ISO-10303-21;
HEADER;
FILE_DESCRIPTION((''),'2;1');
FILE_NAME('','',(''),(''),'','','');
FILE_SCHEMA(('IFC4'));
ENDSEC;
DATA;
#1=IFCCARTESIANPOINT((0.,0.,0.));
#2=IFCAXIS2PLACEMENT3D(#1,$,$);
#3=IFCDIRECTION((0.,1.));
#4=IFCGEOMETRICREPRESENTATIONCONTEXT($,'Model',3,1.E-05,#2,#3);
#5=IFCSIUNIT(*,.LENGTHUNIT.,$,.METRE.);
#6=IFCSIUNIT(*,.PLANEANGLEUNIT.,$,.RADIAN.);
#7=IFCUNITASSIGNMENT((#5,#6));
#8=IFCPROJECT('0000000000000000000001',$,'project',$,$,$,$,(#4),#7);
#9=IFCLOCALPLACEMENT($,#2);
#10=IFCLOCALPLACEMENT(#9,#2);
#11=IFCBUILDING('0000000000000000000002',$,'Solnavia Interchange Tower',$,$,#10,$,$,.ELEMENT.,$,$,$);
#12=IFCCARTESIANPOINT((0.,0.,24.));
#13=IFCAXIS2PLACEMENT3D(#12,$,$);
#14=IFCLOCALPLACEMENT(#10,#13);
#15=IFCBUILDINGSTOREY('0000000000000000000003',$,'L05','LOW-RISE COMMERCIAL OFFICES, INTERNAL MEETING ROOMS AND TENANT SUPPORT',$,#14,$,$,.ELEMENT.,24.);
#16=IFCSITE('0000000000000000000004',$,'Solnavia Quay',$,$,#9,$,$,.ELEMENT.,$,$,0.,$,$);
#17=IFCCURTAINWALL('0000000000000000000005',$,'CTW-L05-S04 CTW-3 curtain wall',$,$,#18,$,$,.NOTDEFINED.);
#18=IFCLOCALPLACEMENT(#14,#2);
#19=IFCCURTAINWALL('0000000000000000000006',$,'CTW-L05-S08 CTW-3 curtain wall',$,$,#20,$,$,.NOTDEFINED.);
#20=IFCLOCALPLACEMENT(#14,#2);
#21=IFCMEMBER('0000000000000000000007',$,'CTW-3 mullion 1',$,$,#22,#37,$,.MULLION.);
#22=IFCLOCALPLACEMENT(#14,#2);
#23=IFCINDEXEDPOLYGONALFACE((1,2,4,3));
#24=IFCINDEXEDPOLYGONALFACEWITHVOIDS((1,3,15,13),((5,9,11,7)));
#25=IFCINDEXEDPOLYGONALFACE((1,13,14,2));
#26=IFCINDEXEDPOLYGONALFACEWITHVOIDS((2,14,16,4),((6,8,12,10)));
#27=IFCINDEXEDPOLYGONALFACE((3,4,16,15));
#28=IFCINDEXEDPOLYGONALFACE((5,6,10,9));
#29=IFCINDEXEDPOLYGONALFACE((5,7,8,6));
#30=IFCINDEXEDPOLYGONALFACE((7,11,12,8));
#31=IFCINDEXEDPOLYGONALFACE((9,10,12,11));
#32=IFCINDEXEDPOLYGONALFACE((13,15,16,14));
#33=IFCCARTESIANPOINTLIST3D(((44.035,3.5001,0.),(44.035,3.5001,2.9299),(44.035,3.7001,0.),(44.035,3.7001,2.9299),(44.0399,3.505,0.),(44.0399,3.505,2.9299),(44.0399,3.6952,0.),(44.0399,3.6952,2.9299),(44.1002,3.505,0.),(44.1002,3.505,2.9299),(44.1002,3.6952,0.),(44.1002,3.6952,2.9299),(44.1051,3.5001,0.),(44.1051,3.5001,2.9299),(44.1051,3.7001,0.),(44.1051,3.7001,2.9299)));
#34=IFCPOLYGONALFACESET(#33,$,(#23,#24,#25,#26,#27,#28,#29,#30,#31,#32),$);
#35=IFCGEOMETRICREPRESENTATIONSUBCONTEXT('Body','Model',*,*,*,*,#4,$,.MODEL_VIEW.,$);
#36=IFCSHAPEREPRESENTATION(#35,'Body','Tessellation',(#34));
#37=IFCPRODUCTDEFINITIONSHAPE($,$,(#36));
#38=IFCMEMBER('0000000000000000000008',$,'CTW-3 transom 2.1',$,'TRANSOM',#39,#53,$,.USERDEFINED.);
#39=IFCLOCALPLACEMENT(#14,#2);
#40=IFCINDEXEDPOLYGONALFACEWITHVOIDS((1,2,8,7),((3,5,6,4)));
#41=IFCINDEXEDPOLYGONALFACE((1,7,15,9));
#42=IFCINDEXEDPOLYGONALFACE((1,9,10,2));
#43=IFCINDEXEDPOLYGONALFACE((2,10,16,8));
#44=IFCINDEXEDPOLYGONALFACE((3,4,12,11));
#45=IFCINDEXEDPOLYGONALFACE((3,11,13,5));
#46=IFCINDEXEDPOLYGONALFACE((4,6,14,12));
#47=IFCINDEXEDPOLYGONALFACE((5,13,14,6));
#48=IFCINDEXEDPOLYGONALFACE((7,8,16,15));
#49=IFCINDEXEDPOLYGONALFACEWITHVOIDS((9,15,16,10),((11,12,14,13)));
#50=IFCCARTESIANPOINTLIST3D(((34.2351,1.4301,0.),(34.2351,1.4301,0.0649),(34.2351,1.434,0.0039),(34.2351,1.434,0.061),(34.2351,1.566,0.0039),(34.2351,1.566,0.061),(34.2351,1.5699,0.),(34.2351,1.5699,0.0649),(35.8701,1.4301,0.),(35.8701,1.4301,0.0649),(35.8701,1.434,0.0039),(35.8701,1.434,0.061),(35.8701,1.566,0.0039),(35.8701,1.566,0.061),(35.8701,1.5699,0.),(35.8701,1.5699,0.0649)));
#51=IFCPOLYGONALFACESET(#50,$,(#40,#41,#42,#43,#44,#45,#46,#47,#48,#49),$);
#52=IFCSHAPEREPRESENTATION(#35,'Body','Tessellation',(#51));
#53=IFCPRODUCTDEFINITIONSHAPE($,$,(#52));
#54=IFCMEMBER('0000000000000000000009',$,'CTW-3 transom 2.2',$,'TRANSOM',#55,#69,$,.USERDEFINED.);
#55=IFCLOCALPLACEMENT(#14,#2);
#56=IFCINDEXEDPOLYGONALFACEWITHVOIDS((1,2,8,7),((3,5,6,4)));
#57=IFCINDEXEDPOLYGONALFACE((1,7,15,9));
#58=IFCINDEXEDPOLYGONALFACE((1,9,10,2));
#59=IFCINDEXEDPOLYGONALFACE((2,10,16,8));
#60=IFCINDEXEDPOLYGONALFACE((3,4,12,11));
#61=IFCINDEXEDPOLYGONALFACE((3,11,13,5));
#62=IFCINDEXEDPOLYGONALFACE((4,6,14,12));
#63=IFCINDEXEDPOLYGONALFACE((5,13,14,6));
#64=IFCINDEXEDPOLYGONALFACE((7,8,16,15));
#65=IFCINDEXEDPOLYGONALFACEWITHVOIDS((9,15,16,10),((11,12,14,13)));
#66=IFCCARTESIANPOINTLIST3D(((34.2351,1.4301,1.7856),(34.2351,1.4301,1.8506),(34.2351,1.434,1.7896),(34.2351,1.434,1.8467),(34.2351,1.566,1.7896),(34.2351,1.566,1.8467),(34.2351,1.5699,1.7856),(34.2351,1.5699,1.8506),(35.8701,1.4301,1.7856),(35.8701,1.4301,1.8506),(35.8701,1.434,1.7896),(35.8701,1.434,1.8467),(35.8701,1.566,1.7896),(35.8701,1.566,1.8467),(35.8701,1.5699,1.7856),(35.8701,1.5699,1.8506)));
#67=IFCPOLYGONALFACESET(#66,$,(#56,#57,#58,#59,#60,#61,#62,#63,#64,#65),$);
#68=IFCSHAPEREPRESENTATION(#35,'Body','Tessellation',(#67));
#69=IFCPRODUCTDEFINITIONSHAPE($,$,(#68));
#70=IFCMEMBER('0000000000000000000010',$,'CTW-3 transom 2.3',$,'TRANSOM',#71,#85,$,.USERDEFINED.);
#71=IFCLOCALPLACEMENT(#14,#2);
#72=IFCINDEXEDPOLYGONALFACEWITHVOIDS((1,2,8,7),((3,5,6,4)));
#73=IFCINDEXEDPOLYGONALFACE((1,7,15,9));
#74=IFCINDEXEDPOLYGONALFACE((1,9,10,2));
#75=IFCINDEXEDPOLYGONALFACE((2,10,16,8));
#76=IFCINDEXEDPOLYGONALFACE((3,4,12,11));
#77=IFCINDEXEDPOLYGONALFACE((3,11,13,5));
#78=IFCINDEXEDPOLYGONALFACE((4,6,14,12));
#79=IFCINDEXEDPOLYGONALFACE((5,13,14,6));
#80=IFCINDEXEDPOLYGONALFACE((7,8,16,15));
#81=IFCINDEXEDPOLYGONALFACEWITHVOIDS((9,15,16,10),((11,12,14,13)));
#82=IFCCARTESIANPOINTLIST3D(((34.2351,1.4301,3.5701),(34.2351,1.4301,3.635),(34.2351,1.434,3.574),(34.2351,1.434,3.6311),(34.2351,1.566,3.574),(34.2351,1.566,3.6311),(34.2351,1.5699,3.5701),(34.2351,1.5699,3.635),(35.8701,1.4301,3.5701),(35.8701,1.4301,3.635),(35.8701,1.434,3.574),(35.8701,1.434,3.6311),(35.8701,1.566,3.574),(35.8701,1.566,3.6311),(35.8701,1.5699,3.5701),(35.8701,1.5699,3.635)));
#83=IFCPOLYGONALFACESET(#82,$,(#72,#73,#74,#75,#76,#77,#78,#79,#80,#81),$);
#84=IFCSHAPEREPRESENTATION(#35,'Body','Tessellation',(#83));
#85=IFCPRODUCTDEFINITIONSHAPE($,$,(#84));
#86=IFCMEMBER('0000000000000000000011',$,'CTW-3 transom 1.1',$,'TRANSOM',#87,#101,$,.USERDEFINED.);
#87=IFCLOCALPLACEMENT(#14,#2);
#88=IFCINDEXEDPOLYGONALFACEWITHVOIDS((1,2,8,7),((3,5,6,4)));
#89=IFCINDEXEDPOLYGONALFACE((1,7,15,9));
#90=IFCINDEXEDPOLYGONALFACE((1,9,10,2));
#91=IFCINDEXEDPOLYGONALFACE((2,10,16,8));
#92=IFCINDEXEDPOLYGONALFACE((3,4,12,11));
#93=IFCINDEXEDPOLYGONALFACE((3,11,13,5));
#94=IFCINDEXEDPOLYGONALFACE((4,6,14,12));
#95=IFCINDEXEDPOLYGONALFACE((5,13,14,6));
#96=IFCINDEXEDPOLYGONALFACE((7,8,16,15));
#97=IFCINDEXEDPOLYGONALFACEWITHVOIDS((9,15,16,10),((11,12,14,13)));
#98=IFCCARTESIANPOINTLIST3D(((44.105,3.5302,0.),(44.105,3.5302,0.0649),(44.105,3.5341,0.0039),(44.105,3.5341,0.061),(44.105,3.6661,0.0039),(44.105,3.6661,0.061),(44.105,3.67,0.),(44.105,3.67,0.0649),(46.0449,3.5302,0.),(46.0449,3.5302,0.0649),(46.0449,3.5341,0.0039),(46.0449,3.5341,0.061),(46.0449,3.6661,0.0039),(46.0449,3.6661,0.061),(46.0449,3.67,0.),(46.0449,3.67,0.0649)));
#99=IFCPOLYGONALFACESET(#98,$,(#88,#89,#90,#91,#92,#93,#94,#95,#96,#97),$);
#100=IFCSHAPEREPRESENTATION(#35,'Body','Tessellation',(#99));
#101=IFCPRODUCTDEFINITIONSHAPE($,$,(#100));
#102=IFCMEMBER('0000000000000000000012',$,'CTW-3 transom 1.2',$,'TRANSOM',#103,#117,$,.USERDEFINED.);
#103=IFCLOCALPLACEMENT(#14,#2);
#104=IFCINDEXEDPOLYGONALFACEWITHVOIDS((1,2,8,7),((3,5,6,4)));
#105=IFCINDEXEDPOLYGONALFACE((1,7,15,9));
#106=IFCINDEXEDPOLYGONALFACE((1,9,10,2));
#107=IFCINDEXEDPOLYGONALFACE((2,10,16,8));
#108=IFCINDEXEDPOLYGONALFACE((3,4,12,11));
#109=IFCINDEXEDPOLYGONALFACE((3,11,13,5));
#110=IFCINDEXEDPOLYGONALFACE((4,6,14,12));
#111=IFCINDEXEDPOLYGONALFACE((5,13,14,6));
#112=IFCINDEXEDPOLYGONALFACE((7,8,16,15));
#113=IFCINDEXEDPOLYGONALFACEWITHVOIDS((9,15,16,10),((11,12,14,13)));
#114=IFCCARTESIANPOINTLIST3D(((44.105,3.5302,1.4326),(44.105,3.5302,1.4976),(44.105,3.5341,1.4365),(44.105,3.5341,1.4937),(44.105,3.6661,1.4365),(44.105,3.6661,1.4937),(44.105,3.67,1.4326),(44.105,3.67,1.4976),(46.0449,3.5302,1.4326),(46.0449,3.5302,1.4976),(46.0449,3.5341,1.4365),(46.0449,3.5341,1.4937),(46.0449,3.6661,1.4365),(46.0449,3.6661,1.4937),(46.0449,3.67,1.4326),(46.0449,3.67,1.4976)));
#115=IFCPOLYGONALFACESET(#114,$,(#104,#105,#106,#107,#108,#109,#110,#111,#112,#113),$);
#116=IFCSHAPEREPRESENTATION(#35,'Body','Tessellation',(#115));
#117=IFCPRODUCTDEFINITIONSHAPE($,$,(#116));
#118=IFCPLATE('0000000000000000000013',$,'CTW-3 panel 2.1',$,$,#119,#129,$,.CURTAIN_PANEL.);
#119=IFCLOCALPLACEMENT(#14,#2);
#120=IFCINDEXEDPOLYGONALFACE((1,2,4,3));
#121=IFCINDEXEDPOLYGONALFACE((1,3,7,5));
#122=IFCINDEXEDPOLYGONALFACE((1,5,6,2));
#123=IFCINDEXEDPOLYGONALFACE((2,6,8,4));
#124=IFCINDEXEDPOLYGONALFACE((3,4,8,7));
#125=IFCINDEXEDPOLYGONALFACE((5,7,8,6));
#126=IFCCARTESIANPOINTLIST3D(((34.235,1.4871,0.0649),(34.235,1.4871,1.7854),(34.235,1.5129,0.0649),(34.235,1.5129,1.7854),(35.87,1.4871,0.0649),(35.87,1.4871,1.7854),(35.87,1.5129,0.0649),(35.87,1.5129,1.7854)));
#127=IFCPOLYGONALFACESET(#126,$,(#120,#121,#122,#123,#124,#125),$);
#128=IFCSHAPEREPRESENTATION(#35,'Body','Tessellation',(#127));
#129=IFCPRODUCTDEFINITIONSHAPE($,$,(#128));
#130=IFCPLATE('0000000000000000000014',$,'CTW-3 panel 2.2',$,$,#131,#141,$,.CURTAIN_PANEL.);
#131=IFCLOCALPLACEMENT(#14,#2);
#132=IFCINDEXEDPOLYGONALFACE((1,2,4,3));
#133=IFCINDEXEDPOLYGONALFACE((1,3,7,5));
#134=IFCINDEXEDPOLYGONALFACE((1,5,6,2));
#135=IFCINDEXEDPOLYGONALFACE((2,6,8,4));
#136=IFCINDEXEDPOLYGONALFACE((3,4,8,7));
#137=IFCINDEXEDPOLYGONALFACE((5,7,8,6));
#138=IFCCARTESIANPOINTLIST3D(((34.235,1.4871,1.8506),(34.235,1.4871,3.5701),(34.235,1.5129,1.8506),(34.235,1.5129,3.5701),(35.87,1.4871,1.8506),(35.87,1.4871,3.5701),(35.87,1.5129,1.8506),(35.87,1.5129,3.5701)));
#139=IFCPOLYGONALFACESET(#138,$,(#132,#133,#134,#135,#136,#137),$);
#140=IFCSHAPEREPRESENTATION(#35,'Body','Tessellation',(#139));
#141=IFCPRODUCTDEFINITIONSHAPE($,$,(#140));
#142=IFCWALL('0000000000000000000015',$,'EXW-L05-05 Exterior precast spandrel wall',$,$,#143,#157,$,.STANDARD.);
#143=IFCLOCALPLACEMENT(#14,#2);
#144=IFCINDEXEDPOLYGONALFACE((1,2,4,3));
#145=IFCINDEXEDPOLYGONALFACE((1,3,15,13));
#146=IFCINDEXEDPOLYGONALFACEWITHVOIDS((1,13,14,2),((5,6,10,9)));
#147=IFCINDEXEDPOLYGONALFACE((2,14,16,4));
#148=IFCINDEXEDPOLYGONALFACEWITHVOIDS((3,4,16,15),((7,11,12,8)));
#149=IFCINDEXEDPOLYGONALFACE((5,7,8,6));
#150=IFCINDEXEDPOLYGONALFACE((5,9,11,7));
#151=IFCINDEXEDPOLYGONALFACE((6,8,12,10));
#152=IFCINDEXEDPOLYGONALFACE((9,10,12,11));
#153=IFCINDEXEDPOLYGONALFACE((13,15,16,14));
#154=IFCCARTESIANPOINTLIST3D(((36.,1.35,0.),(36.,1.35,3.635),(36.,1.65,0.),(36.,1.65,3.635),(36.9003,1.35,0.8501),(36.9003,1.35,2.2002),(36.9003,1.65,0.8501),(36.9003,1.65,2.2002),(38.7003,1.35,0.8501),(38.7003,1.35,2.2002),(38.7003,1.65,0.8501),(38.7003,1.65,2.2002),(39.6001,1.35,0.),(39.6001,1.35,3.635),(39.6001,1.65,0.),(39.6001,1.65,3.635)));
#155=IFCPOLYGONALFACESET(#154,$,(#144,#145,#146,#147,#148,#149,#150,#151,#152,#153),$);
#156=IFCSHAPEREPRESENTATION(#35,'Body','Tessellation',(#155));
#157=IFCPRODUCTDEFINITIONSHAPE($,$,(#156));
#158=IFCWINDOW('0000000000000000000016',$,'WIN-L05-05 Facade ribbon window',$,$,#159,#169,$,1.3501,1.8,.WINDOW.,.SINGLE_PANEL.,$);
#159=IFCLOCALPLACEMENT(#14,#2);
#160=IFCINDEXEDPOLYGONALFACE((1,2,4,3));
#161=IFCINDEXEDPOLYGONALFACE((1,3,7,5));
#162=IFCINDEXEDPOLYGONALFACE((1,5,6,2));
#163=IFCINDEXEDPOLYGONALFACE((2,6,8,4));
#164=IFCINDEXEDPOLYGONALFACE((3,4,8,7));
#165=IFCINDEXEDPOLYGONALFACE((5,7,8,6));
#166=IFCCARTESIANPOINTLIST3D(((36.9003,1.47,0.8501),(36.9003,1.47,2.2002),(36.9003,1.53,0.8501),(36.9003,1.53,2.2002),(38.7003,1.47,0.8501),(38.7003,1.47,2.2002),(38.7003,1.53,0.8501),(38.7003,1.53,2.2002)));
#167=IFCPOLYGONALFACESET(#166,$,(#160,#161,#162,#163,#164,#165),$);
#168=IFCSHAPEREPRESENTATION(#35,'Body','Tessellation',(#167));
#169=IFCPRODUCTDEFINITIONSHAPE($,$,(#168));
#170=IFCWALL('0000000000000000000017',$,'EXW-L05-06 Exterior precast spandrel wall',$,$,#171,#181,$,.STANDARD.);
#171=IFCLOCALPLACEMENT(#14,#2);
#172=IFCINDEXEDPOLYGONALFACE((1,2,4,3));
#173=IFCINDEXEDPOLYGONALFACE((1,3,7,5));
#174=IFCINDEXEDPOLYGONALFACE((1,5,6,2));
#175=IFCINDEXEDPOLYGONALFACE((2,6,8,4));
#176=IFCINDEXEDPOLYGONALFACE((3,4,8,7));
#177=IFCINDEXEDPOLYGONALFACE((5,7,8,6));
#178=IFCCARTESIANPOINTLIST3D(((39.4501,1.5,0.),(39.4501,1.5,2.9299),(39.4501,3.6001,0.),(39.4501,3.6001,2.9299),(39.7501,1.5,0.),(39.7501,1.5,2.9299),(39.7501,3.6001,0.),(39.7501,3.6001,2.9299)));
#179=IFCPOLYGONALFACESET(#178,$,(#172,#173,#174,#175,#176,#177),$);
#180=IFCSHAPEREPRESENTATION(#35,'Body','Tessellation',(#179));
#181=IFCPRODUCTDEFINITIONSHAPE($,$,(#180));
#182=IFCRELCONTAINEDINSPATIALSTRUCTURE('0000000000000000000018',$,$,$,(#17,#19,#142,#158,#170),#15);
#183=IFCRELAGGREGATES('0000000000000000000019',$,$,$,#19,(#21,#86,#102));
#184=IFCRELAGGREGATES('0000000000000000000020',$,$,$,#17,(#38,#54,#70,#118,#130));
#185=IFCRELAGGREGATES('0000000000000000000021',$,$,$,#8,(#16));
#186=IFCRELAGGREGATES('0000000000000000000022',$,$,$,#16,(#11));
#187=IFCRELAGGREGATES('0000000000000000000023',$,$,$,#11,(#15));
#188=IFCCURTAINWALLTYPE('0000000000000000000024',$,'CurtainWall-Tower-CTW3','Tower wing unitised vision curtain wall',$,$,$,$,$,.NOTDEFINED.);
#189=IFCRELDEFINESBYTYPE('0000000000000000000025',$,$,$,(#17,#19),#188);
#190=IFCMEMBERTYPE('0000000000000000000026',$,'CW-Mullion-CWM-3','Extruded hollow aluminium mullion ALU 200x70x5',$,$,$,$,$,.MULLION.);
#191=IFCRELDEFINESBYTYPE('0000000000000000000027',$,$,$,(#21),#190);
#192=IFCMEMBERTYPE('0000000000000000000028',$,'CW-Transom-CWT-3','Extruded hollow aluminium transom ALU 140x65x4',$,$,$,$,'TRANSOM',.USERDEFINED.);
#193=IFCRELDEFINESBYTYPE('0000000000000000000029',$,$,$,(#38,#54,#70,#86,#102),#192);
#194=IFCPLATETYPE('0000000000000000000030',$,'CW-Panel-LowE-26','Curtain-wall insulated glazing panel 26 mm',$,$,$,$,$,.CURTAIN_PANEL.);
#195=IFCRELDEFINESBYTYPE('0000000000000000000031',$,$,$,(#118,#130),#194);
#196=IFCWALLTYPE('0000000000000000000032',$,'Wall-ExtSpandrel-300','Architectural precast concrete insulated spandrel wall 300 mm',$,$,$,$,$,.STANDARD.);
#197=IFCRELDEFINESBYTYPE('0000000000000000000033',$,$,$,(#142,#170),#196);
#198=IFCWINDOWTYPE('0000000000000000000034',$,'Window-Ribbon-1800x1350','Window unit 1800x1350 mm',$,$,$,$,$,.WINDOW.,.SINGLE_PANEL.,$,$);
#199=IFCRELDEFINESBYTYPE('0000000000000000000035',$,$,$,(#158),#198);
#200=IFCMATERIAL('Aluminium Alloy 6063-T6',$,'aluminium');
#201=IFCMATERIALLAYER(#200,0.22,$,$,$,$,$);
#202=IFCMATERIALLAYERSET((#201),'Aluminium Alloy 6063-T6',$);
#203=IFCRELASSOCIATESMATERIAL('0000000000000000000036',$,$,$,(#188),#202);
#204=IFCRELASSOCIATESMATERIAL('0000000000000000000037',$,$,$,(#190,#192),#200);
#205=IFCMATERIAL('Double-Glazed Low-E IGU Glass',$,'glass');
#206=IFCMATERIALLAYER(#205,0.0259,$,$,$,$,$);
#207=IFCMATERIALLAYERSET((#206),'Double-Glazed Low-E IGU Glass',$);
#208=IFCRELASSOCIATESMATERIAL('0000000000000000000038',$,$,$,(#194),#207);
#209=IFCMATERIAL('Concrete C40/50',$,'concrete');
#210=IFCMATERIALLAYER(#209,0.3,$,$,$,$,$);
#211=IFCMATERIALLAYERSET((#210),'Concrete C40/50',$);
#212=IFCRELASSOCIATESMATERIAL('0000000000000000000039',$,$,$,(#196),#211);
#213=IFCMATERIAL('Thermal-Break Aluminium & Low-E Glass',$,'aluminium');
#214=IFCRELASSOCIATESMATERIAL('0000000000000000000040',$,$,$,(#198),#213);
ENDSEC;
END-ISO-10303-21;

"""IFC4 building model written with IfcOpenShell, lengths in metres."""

from ifc_helpers import new_model, si_unit, direction, frame, frame_2d, origin, origin_2d, place, context, subcontext, project, spatial, rectangle, hollow_rectangle, extrude, material, layer, layer_set, material_profile, profile_set, type_object, element, fill, aggregate, save


model = new_model("IFC4")

# Units and contexts
model_context = context("Model", 3, precision=1e-05, world=origin(), true_north=direction((0.0, 1.0)))
body_context = subcontext(model_context, "Body", "Model", "MODEL_VIEW")
ifc_project = project(units=[si_unit("LENGTHUNIT", "METRE"), si_unit("PLANEANGLEUNIT", "RADIAN")], contexts=[model_context])

# Site, building, storey
site_placement = place(None, origin())
site = spatial("IfcSite", under=ifc_project, at=site_placement, Name="Solnavia Quay", CompositionType="ELEMENT", RefElevation=0.0)
building_placement = place(site_placement, origin())
building = spatial("IfcBuilding", under=site, at=building_placement, Name="Solnavia Interchange Tower", CompositionType="ELEMENT")
storey_placement = place(building_placement, frame((0.0, 0.0, 24.0)))
storey = spatial("IfcBuildingStorey", under=building, at=storey_placement, Name="L05", Description="LOW-RISE COMMERCIAL OFFICES, INTERNAL MEETING ROOMS AND TENANT SUPPORT", CompositionType="ELEMENT", Elevation=24.0)

# Curtain walls, member
ifc_material_1 = material(Name="Aluminium Alloy 6063-T6", Category="aluminium")
ifc_layer_1 = layer(ifc_material_1, 0.22)
ifc_layer_set_1 = layer_set([ifc_layer_1], Name="Aluminium Alloy 6063-T6")
curtain_wall_type = type_object("IfcCurtainWallType", Name="CurtainWall-Tower-CTW3", Description="Tower wing unitised vision curtain wall", PredefinedType="NOTDEFINED", material=ifc_layer_set_1)
curtain_wall_1_placement = place(storey_placement, origin())
curtain_wall_1 = element("IfcCurtainWall", 1, at=curtain_wall_1_placement, inside=storey, type_object=curtain_wall_type, Name="CTW-L05-S04 CTW-3 curtain wall", PredefinedType="NOTDEFINED")
ifc_material_profile_1 = material_profile(ifc_material_1, hollow_rectangle(XDim=0.0701, YDim=0.2, WallThickness=0.0049, at=origin_2d()), Name="ALU 200x70x5")
ifc_profile_set_1 = profile_set([ifc_material_profile_1], Name="Aluminium Alloy 6063-T6")
member_type_1 = type_object("IfcMemberType", Name="CW-Mullion-CWM-3", Description="Extruded hollow aluminium mullion ALU 200x70x5", PredefinedType="MULLION", material=ifc_profile_set_1)
curtain_wall_2_placement = place(storey_placement, origin())
curtain_wall_2 = element("IfcCurtainWall", 2, at=curtain_wall_2_placement, inside=storey, type_object=curtain_wall_type, Name="CTW-L05-S08 CTW-3 curtain wall", PredefinedType="NOTDEFINED")
member_1_placement = place(storey_placement, frame((44.0701, 3.6001, 0.0), z_axis=(0.0, 0.0, 1.0), x_axis=(1.0, 0.0, 0.0)))
member_1 = element("IfcMember", 3, at=member_1_placement, type_object=member_type_1, Name="CTW-3 mullion 1", PredefinedType="MULLION", context=body_context, shape_type="SweptSolid", body=[
    extrude(hollow_rectangle(XDim=0.0701, YDim=0.2, WallThickness=0.0049, at=origin_2d()), origin(), (0.0, 0.0, 1.0), 2.9299),
])

# Members
ifc_material_profile_2 = material_profile(ifc_material_1, hollow_rectangle(XDim=0.0649, YDim=0.1399, WallThickness=0.0039, at=origin_2d()), Name="ALU 140x65x4")
ifc_profile_set_2 = profile_set([ifc_material_profile_2], Name="Aluminium Alloy 6063-T6")
member_type_2 = type_object("IfcMemberType", Name="CW-Transom-CWT-3", Description="Extruded hollow aluminium transom ALU 140x65x4", ElementType="TRANSOM", PredefinedType="USERDEFINED", material=ifc_profile_set_2)
member_2_placement = place(storey_placement, frame((34.2351, 1.5, 0.0325), z_axis=(1.0, 0.0, 0.0), x_axis=(0.0, 0.0, 1.0)))
member_2 = element("IfcMember", 4, at=member_2_placement, type_object=member_type_2, Name="CTW-3 transom 2.1", ObjectType="TRANSOM", PredefinedType="USERDEFINED", context=body_context, shape_type="SweptSolid", body=[
    extrude(hollow_rectangle(XDim=0.0649, YDim=0.1399, WallThickness=0.0039, at=origin_2d()), origin(), (0.0, 0.0, 1.0), 1.635),
])
member_3_placement = place(storey_placement, frame((34.2351, 1.5, 1.8181), z_axis=(1.0, 0.0, 0.0), x_axis=(0.0, 0.0, 1.0)))
member_3 = element("IfcMember", 5, at=member_3_placement, type_object=member_type_2, Name="CTW-3 transom 2.2", ObjectType="TRANSOM", PredefinedType="USERDEFINED", context=body_context, shape_type="SweptSolid", body=[
    extrude(hollow_rectangle(XDim=0.0649, YDim=0.1399, WallThickness=0.0039, at=origin_2d()), origin(), (0.0, 0.0, 1.0), 1.635),
])
member_4_placement = place(storey_placement, frame((34.2351, 1.5, 3.6025), z_axis=(1.0, 0.0, 0.0), x_axis=(0.0, 0.0, 1.0)))
member_4 = element("IfcMember", 6, at=member_4_placement, type_object=member_type_2, Name="CTW-3 transom 2.3", ObjectType="TRANSOM", PredefinedType="USERDEFINED", context=body_context, shape_type="SweptSolid", body=[
    extrude(hollow_rectangle(XDim=0.0649, YDim=0.1399, WallThickness=0.0039, at=origin_2d()), origin(), (0.0, 0.0, 1.0), 1.635),
])
member_5_placement = place(storey_placement, frame((44.105, 3.6001, 0.0325), z_axis=(1.0, 0.0, 0.0), x_axis=(0.0, 0.0, 1.0)))
member_5 = element("IfcMember", 7, at=member_5_placement, type_object=member_type_2, Name="CTW-3 transom 1.1", ObjectType="TRANSOM", PredefinedType="USERDEFINED", context=body_context, shape_type="SweptSolid", body=[
    extrude(hollow_rectangle(XDim=0.0649, YDim=0.1399, WallThickness=0.0039, at=origin_2d()), origin(), (0.0, 0.0, 1.0), 1.9399),
])
member_6_placement = place(storey_placement, frame((44.105, 3.6001, 1.4651), z_axis=(1.0, 0.0, 0.0), x_axis=(0.0, 0.0, 1.0)))
member_6 = element("IfcMember", 8, at=member_6_placement, type_object=member_type_2, Name="CTW-3 transom 1.2", ObjectType="TRANSOM", PredefinedType="USERDEFINED", context=body_context, shape_type="SweptSolid", body=[
    extrude(hollow_rectangle(XDim=0.0649, YDim=0.1399, WallThickness=0.0039, at=origin_2d()), origin(), (0.0, 0.0, 1.0), 1.9399),
])
aggregate(curtain_wall_2, [member_1, member_5, member_6])

# Plates
ifc_material_2 = material(Name="Double-Glazed Low-E IGU Glass", Category="glass")
ifc_layer_2 = layer(ifc_material_2, 0.0259)
ifc_layer_set_2 = layer_set([ifc_layer_2], Name="Double-Glazed Low-E IGU Glass")
plate_type = type_object("IfcPlateType", Name="CW-Panel-LowE-26", Description="Curtain-wall insulated glazing panel 26 mm", PredefinedType="CURTAIN_PANEL", material=ifc_layer_set_2)
plate_1_placement = place(storey_placement, frame((35.0525, 1.5, 0.0649), z_axis=(0.0, 0.0, 1.0), x_axis=(1.0, 0.0, 0.0)))
plate_1 = element("IfcPlate", 9, at=plate_1_placement, type_object=plate_type, Name="CTW-3 panel 2.1", PredefinedType="CURTAIN_PANEL", context=body_context, shape_type="SweptSolid", body=[
    extrude(rectangle(XDim=1.635, YDim=0.0259, at=origin_2d()), origin(), (0.0, 0.0, 1.0), 1.7205),
])
plate_2_placement = place(storey_placement, frame((35.0525, 1.5, 1.8506), z_axis=(0.0, 0.0, 1.0), x_axis=(1.0, 0.0, 0.0)))
plate_2 = element("IfcPlate", 10, at=plate_2_placement, type_object=plate_type, Name="CTW-3 panel 2.2", PredefinedType="CURTAIN_PANEL", context=body_context, shape_type="SweptSolid", body=[
    extrude(rectangle(XDim=1.635, YDim=0.0259, at=origin_2d()), origin(), (0.0, 0.0, 1.0), 1.7195),
])
aggregate(curtain_wall_1, [member_2, member_3, member_4, plate_1, plate_2])

# Wall, opening, window
ifc_material_3 = material(Name="Concrete C40/50", Category="concrete")
ifc_layer_3 = layer(ifc_material_3, 0.3)
ifc_layer_set_3 = layer_set([ifc_layer_3], Name="Concrete C40/50")
wall_type_1 = type_object("IfcWallType", Name="Wall-ExtSpandrel-300", Description="Architectural precast concrete insulated spandrel wall 300 mm", PredefinedType="STANDARD", material=ifc_layer_set_3)
wall_1_placement = place(storey_placement, frame((39.6001, 1.5, 0.0), z_axis=(0.0, 0.0, 1.0), x_axis=(-1.0, 0.0, 0.0)))
wall_1 = element("IfcWall", 11, at=wall_1_placement, inside=storey, type_object=wall_type_1, Name="EXW-L05-05 Exterior precast spandrel wall", PredefinedType="STANDARD", context=body_context, shape_type="SweptSolid", body=[
    extrude(rectangle(XDim=3.6001, YDim=0.3, at=frame_2d((1.8, 0.0))), origin(), (0.0, 0.0, 1.0), 3.635),
])
opening_1_placement = place(wall_1_placement, frame((0.8999, 0.0, 0.8501)))
opening_1 = element("IfcOpeningElement", 12, at=opening_1_placement, cuts=wall_1, PredefinedType="OPENING", context=body_context, shape_type="SweptSolid", body=[
    extrude(rectangle(XDim=1.8, YDim=1.3501, at=frame_2d((0.8999, 0.675))), frame((0.0, 0.1602, 0.0), z_axis=(0.0, -1.0, 0.0), x_axis=(1.0, 0.0, 0.0)), (0.0, 0.0, 1.0), 0.3201),
])
ifc_material_4 = material(Name="Thermal-Break Aluminium & Low-E Glass", Category="aluminium")
window_type = type_object("IfcWindowType", Name="Window-Ribbon-1800x1350", Description="Window unit 1800x1350 mm", PartitioningType="SINGLE_PANEL", PredefinedType="WINDOW", material=ifc_material_4)
window_1_placement = place(opening_1_placement, origin())
window_1 = element("IfcWindow", 13, at=window_1_placement, inside=storey, type_object=window_type, Name="WIN-L05-05 Facade ribbon window", OverallHeight=1.3501, OverallWidth=1.8, PartitioningType="SINGLE_PANEL", PredefinedType="WINDOW", context=body_context, shape_type="SweptSolid", body=[
    extrude(rectangle(XDim=1.8, YDim=1.3501, at=frame_2d((0.8999, 0.675))), frame((0.0, 0.03, 0.0), z_axis=(0.0, -1.0, 0.0), x_axis=(1.0, 0.0, 0.0)), (0.0, 0.0, 1.0), 0.0601),
])
fill(opening_1, window_1)

# Wall
wall_2_placement = place(storey_placement, frame((39.6001, 3.6001, 0.0), z_axis=(0.0, 0.0, 1.0), x_axis=(0.0, -1.0, 0.0)))
element("IfcWall", 14, at=wall_2_placement, inside=storey, type_object=wall_type_1, Name="EXW-L05-06 Exterior precast spandrel wall", PredefinedType="STANDARD", context=body_context, shape_type="SweptSolid", body=[
    extrude(rectangle(XDim=2.1001, YDim=0.3, at=frame_2d((1.05, 0.0))), origin(), (0.0, 0.0, 1.0), 2.9299),
])

save(model, "model.ifc")
